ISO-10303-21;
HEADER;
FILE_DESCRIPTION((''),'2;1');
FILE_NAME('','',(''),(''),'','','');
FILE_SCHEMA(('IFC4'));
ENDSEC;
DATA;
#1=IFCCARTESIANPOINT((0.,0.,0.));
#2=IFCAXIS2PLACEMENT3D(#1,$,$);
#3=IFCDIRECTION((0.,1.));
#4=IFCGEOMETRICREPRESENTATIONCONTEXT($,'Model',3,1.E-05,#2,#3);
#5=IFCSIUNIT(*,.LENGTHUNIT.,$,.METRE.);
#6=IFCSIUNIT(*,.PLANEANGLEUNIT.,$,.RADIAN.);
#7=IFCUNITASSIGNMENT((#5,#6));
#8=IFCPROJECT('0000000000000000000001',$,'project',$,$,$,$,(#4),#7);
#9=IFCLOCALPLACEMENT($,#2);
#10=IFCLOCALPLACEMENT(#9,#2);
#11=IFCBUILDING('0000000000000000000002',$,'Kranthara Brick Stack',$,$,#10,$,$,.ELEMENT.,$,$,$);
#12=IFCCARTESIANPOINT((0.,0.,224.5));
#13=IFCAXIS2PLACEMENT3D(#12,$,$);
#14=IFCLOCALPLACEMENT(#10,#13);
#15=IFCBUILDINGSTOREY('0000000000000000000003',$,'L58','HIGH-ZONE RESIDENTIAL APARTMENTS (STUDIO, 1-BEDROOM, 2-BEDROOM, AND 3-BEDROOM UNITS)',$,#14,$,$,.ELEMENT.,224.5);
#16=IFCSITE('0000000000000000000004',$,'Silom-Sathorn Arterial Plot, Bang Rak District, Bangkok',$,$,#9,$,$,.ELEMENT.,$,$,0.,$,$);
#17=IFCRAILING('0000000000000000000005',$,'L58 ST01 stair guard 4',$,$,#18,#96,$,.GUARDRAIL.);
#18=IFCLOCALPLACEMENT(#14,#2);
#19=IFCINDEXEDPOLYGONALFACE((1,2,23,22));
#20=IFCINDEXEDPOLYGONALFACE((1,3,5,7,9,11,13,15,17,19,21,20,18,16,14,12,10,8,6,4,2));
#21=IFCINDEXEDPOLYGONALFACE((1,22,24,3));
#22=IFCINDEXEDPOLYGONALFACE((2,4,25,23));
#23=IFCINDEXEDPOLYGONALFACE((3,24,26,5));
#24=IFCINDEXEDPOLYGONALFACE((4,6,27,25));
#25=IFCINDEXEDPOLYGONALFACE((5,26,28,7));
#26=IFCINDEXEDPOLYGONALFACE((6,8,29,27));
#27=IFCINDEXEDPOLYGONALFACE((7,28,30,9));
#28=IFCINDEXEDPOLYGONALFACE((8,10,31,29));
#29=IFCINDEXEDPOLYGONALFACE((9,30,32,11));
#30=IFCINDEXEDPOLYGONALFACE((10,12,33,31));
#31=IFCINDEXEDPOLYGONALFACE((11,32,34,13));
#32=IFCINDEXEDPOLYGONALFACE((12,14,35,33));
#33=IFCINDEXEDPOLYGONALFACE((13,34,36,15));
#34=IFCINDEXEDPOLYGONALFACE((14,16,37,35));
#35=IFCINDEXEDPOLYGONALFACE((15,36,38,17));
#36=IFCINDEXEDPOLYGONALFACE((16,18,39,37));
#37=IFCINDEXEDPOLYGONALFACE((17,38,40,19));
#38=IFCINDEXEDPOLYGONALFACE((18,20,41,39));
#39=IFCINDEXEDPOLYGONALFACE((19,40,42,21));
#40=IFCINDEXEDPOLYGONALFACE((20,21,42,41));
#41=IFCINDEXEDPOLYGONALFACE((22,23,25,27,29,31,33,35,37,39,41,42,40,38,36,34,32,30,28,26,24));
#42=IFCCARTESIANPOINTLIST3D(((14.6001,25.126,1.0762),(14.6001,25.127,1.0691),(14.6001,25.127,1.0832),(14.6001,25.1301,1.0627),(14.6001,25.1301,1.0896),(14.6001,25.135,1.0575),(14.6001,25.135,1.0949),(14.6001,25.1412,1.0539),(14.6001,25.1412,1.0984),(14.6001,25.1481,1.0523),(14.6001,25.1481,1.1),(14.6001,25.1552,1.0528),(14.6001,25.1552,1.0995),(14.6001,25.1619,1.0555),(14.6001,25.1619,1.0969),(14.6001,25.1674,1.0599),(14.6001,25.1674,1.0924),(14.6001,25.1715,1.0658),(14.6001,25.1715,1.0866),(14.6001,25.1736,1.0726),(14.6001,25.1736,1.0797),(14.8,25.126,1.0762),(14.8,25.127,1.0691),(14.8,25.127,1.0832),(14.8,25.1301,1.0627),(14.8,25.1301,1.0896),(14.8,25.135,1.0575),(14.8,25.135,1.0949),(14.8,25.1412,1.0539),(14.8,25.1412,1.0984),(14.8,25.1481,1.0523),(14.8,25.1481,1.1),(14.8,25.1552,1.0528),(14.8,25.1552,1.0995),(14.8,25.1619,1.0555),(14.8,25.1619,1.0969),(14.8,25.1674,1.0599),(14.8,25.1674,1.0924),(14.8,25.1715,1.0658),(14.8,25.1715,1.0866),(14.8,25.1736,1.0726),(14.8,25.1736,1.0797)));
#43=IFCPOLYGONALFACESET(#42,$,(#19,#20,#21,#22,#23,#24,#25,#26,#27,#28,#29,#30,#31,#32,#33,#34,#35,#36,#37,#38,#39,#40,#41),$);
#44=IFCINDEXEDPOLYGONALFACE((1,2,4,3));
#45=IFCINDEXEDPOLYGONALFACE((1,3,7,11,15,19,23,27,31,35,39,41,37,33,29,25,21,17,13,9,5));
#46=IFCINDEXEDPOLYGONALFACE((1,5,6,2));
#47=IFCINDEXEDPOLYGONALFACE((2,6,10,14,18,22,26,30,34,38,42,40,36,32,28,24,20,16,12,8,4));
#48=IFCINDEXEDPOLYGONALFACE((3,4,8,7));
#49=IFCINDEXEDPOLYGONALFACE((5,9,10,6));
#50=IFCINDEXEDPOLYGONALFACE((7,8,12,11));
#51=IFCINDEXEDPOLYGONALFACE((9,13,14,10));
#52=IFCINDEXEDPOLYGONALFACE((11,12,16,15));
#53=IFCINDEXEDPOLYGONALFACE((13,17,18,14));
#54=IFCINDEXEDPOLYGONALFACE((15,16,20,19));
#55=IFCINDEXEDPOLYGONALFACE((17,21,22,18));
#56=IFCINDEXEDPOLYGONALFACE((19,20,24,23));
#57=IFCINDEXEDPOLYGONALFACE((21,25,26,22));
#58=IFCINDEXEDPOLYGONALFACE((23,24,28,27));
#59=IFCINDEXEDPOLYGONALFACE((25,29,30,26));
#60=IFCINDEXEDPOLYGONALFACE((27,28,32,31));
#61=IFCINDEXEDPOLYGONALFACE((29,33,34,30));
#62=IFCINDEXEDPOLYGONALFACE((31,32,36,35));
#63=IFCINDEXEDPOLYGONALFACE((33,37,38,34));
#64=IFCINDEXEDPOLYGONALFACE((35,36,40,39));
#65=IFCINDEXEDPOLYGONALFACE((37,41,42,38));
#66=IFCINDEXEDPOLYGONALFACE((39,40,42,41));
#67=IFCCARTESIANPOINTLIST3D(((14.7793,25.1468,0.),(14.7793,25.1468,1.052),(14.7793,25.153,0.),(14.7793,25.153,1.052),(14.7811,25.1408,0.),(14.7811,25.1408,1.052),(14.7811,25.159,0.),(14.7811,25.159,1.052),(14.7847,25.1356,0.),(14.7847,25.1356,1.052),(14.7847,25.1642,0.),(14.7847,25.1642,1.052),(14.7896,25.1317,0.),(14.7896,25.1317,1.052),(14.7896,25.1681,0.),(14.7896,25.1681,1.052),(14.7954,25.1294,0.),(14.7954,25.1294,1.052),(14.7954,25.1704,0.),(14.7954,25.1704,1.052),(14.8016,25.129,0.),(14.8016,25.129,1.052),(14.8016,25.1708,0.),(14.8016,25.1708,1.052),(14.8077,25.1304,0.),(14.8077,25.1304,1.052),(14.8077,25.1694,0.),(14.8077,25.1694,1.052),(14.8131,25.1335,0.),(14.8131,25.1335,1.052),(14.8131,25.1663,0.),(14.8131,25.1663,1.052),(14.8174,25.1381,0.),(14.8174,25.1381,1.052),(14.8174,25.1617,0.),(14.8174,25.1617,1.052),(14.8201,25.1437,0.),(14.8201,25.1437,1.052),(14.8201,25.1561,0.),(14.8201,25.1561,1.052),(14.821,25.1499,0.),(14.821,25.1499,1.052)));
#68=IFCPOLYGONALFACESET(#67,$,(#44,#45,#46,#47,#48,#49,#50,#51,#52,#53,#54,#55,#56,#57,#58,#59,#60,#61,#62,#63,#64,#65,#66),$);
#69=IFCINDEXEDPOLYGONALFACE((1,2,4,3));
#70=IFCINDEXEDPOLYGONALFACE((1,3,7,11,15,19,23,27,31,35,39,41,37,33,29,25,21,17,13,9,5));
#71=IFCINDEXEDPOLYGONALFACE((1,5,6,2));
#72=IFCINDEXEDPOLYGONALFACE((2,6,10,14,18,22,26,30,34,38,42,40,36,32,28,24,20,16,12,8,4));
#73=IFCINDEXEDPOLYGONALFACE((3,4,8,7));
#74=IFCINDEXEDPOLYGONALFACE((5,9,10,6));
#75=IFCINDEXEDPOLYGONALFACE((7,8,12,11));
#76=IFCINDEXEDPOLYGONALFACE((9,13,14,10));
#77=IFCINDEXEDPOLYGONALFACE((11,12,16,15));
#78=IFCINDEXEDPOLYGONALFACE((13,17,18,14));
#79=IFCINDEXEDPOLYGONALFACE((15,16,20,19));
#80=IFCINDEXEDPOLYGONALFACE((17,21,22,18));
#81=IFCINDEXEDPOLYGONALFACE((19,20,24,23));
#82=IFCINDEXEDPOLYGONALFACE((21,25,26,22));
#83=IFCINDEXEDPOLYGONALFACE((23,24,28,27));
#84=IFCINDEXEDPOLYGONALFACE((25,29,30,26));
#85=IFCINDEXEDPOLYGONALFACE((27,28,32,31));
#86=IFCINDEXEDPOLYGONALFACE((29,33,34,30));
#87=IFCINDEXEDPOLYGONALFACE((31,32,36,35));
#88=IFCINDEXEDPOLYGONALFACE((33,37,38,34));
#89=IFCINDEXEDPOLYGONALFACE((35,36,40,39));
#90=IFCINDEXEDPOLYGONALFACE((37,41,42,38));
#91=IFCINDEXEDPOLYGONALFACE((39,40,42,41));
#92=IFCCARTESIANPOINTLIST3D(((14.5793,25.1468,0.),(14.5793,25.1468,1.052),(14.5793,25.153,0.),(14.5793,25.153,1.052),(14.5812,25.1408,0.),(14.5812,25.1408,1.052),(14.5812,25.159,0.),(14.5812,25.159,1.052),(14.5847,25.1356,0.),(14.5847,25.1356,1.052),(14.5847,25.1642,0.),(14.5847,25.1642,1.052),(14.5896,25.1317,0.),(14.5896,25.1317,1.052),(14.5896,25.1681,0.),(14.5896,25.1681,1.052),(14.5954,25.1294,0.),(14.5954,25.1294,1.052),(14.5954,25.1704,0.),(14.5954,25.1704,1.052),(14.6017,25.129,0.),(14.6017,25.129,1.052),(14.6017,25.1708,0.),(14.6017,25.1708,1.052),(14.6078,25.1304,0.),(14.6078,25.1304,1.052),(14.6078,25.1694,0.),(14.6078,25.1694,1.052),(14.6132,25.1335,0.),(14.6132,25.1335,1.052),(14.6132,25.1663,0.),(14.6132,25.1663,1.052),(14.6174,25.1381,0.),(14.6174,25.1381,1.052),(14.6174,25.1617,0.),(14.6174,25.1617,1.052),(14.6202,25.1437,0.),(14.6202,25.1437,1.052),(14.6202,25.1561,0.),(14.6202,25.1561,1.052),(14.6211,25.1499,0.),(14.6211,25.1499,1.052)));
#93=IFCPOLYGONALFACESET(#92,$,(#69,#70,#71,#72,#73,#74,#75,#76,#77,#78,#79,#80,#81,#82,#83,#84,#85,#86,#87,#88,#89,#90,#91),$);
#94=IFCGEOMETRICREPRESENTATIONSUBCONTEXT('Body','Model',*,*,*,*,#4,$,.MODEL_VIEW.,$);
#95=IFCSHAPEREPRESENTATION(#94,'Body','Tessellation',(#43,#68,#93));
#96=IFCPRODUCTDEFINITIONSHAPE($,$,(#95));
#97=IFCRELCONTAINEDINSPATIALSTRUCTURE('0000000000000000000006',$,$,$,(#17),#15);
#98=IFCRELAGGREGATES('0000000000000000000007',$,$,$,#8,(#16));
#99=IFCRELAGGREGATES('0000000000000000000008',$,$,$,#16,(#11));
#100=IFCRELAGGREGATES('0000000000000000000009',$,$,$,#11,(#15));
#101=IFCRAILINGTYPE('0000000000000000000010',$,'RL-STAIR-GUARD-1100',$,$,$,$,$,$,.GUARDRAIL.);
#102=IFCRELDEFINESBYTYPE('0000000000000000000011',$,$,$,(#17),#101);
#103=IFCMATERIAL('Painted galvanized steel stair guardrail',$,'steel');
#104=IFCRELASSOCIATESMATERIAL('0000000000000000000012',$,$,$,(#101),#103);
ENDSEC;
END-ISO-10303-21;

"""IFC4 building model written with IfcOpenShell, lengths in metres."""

from ifc_helpers import new_model, si_unit, direction, frame, origin, origin_2d, place, context, subcontext, project, spatial, circle, extrude, material, type_object, element, save


model = new_model("IFC4")

# Units and contexts
model_context = context("Model", 3, precision=1e-05, world=origin(), true_north=direction((0.0, 1.0)))
body_context = subcontext(model_context, "Body", "Model", "MODEL_VIEW")
ifc_project = project(units=[si_unit("LENGTHUNIT", "METRE"), si_unit("PLANEANGLEUNIT", "RADIAN")], contexts=[model_context])

# Site, building, storey
site_placement = place(None, origin())
site = spatial("IfcSite", under=ifc_project, at=site_placement, Name="Silom-Sathorn Arterial Plot, Bang Rak District, Bangkok", CompositionType="ELEMENT", RefElevation=0.0)
building_placement = place(site_placement, origin())
building = spatial("IfcBuilding", under=site, at=building_placement, Name="Kranthara Brick Stack", CompositionType="ELEMENT")
storey_placement = place(building_placement, frame((0.0, 0.0, 224.5)))
storey = spatial("IfcBuildingStorey", under=building, at=storey_placement, Name="L58", Description="HIGH-ZONE RESIDENTIAL APARTMENTS (STUDIO, 1-BEDROOM, 2-BEDROOM, AND 3-BEDROOM UNITS)", CompositionType="ELEMENT", Elevation=224.5)

# Railing
ifc_material_1 = material(Name="Painted galvanized steel stair guardrail", Category="steel")
railing_type_1 = type_object("IfcRailingType", Name="RL-STAIR-GUARD-1100", PredefinedType="GUARDRAIL", material=ifc_material_1)
railing_1_placement = place(storey_placement, frame((14.8, 25.1499, 0.0)))
element("IfcRailing", 1, at=railing_1_placement, inside=storey, type_object=railing_type_1, Name="L58 ST01 stair guard 4", PredefinedType="GUARDRAIL", context=body_context, shape_type="SweptSolid", body=[
    extrude(circle(Radius=0.0239, at=origin_2d()), frame((0.0, 0.0, 1.0762), z_axis=(-1.0, 0.0, 0.0), x_axis=(0.0, -1.0, 0.0)), (0.0, 0.0, 1.0), 0.2),
    extrude(circle(Radius=0.021, at=origin_2d()), origin(), (0.0, 0.0, 1.0), 1.052),
    extrude(circle(Radius=0.021, at=origin_2d()), frame((-0.2, 0.0, 0.0)), (0.0, 0.0, 1.0), 1.052),
])

save(model, "model.ifc")
